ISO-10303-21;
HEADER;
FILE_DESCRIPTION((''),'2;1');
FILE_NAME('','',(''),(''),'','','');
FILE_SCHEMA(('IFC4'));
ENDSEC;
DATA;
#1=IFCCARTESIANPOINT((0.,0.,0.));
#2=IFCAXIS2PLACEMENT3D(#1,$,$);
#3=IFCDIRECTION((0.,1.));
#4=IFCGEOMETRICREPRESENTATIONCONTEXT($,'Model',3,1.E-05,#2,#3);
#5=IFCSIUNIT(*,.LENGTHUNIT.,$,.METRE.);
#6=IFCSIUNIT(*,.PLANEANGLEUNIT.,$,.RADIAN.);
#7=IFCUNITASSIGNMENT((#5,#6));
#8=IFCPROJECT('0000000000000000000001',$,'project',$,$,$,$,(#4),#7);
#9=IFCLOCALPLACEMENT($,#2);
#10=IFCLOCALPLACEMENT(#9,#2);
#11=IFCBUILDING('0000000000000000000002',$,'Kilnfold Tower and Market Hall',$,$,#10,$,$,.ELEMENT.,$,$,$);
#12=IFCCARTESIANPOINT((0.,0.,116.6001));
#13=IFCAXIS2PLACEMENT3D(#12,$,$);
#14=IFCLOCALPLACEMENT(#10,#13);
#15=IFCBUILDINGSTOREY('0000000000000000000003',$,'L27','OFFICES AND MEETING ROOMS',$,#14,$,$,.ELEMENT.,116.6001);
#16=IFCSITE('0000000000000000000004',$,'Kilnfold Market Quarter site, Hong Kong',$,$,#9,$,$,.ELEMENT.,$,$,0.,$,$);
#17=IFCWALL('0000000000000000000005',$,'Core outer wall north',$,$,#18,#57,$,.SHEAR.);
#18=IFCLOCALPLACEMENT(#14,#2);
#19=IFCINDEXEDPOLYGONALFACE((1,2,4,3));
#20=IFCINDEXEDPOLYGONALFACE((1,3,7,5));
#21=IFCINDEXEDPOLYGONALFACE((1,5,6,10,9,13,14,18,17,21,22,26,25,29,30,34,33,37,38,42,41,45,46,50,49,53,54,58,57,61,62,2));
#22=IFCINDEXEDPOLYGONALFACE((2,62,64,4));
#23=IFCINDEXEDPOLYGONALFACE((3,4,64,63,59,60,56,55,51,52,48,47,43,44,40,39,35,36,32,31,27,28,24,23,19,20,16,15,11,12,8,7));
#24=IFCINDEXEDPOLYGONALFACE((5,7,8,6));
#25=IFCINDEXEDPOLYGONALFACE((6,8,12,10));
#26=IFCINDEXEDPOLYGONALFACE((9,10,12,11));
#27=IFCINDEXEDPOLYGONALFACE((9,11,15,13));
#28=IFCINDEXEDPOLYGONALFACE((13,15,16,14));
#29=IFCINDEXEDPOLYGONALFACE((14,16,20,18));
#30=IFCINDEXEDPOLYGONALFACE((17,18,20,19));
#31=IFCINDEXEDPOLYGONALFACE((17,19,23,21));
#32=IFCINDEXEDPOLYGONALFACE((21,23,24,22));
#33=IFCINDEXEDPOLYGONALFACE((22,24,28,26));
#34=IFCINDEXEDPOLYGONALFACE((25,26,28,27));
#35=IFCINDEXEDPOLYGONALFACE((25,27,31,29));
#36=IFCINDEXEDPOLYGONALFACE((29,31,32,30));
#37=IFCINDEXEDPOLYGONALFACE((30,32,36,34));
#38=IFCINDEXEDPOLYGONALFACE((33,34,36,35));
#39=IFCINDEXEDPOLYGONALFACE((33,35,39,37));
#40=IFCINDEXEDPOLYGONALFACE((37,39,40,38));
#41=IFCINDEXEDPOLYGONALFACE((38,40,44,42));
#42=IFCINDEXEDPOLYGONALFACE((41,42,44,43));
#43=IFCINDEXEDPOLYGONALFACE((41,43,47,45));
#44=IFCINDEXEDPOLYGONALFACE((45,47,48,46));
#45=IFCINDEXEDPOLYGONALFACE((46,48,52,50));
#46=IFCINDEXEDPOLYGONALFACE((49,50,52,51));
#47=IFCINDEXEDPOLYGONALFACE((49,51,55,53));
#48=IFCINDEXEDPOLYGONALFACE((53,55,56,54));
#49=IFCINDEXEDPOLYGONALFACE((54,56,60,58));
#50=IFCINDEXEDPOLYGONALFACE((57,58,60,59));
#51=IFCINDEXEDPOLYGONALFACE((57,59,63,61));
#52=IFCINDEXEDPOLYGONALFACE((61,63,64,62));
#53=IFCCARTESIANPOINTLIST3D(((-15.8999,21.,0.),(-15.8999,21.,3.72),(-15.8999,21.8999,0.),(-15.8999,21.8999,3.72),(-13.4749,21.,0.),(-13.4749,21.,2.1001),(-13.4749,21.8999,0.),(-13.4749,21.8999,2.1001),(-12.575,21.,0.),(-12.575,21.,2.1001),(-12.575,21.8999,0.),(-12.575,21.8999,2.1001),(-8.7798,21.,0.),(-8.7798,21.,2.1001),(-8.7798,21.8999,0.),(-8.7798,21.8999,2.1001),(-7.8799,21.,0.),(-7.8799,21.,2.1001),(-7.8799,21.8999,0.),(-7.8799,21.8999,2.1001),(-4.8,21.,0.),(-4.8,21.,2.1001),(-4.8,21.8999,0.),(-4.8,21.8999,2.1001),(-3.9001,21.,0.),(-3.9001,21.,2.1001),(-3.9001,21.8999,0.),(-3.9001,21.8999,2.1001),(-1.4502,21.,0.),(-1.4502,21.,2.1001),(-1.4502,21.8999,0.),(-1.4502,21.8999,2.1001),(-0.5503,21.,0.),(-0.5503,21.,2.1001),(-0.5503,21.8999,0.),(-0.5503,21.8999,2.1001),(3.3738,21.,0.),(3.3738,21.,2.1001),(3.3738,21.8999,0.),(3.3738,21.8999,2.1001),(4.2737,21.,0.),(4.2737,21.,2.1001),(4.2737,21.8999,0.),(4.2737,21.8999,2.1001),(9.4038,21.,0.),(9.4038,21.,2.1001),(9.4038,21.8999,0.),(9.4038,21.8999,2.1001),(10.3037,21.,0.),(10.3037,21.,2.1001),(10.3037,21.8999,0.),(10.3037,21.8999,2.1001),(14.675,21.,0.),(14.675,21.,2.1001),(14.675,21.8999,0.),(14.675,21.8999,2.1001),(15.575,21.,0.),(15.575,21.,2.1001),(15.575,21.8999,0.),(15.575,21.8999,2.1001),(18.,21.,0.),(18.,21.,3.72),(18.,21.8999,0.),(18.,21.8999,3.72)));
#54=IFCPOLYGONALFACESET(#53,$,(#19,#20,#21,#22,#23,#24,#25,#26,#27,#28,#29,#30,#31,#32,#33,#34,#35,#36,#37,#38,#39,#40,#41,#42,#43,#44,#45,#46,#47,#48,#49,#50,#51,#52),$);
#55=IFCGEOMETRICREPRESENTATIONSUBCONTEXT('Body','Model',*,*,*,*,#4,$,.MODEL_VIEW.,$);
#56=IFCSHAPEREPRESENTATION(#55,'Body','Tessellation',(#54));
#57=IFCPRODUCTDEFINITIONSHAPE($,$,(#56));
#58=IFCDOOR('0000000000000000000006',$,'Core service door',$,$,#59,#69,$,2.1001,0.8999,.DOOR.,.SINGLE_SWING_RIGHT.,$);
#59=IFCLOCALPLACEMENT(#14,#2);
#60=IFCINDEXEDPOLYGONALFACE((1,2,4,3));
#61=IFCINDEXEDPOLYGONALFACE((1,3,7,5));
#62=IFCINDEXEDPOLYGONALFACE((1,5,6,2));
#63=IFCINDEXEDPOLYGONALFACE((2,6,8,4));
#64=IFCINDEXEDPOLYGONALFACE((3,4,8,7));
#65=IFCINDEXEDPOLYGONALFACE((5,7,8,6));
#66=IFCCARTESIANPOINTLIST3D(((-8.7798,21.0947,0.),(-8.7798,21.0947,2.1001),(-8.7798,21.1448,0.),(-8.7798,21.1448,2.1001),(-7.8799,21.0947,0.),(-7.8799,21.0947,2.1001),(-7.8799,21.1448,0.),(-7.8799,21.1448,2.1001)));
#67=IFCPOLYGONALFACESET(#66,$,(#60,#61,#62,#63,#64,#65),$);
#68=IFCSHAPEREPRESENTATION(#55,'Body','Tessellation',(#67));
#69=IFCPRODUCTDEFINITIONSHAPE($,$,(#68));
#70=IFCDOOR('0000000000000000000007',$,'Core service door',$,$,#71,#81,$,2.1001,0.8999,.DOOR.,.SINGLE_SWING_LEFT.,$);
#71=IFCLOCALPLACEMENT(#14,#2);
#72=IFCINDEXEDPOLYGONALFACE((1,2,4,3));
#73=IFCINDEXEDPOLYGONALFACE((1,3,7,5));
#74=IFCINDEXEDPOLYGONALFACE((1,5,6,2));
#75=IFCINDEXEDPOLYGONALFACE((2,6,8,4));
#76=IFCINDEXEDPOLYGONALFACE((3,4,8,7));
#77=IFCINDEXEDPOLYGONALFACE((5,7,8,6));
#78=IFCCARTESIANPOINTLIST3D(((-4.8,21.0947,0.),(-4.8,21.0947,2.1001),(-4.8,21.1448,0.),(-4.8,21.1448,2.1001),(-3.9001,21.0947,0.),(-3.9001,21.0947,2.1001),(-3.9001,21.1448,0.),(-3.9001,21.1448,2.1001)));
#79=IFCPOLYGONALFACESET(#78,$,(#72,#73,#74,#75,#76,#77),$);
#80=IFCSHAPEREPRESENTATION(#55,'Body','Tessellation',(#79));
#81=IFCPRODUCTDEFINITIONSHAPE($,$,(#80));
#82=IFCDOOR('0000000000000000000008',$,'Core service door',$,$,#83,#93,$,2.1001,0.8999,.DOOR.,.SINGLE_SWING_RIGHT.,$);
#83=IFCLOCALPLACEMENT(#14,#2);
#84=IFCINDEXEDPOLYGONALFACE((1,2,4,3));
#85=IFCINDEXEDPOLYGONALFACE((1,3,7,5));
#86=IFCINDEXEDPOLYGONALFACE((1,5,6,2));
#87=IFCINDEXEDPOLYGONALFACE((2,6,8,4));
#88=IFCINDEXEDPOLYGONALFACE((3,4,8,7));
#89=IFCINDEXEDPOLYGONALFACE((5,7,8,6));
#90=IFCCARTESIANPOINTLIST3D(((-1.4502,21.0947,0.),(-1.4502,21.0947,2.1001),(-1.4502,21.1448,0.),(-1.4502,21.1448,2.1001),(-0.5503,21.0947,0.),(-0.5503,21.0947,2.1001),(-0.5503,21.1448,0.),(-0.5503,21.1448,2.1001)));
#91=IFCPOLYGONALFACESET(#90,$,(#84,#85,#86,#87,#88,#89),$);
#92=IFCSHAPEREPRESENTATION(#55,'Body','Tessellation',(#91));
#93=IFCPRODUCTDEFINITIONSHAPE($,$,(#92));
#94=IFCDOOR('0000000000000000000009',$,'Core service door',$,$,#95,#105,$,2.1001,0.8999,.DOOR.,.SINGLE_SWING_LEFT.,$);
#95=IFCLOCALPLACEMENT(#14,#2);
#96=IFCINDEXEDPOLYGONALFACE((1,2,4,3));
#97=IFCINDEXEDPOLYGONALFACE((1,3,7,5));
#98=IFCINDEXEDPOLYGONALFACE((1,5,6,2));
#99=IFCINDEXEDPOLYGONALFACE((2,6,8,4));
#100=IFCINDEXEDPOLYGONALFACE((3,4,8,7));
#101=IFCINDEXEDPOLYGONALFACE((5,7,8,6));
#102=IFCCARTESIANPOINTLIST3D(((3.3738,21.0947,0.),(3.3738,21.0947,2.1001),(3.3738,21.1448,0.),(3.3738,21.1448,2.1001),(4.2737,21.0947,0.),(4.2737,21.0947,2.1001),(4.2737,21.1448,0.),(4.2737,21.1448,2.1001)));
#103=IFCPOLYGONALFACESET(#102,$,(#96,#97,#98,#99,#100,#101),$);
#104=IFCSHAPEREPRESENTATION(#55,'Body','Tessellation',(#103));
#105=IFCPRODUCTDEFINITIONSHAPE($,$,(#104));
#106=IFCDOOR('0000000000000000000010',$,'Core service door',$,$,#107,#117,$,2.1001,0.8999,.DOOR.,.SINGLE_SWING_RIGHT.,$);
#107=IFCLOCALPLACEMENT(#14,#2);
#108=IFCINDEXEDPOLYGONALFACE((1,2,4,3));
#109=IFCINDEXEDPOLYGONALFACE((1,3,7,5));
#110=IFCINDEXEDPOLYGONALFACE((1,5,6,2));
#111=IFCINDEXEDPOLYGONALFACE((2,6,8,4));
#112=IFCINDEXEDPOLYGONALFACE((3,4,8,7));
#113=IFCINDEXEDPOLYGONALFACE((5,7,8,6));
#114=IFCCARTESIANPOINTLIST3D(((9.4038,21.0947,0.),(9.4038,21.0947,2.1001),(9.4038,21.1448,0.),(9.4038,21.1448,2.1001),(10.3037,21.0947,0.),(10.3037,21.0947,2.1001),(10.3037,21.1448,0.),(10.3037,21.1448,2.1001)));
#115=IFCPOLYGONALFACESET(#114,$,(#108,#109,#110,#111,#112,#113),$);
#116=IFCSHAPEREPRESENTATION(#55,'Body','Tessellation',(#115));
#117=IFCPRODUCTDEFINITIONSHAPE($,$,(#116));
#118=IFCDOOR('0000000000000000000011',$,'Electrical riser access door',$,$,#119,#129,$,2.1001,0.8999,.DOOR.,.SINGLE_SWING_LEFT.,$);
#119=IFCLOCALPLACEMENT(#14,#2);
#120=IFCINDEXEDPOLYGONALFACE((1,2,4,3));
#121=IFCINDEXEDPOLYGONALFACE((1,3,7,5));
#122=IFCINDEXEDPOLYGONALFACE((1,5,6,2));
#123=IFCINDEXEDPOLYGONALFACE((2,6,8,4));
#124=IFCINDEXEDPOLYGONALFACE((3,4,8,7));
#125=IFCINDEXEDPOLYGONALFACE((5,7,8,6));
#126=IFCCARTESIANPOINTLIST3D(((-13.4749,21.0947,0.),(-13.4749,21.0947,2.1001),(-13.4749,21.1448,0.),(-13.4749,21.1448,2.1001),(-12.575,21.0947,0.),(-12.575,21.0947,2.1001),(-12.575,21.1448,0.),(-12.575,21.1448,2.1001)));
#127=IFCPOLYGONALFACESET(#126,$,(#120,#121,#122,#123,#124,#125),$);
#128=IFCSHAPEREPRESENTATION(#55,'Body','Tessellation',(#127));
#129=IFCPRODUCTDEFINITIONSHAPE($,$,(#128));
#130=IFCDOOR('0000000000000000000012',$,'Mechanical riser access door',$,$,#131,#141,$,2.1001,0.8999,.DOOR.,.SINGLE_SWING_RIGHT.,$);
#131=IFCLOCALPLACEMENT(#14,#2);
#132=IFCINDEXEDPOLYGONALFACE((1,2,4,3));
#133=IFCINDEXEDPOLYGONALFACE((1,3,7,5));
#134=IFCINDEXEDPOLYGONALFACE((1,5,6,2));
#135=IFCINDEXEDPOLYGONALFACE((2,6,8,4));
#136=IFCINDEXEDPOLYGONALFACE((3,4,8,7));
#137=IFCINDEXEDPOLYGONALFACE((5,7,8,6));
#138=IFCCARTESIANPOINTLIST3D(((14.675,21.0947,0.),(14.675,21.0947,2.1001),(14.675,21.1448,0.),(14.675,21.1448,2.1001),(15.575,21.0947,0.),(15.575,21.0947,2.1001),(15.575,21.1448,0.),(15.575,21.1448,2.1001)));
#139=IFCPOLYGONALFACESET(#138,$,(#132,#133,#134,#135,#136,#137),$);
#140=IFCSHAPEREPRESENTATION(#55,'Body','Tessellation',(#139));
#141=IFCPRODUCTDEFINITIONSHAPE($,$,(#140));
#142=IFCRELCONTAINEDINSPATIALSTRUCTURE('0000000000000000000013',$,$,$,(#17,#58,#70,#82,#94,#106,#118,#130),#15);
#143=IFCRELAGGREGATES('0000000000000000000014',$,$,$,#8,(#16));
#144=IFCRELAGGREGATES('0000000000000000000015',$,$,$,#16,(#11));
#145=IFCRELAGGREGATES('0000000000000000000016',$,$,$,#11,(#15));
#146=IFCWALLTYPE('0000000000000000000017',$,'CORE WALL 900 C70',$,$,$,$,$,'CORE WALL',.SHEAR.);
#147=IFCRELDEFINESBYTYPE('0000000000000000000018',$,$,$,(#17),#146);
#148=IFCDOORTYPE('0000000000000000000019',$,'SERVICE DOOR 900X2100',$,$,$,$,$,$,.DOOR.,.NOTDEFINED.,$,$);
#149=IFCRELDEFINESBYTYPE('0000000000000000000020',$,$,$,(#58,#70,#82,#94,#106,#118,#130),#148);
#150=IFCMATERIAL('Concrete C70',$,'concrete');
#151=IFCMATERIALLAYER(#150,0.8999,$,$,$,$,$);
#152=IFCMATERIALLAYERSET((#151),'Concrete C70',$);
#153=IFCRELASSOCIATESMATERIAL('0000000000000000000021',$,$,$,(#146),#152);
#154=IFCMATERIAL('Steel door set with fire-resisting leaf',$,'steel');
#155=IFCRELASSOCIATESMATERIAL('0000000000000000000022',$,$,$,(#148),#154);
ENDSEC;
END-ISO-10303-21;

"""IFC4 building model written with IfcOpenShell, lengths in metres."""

from ifc_helpers import new_model, si_unit, direction, frame, frame_2d, origin, place, context, subcontext, project, spatial, rectangle, extrude, source, transform, mapped, material, layer, layer_set, type_object, element, fill, save


model = new_model("IFC4")

# Units and contexts
model_context = context("Model", 3, precision=1e-05, world=origin(), true_north=direction((0.0, 1.0)))
body_context = subcontext(model_context, "Body", "Model", "MODEL_VIEW")
ifc_project = project(units=[si_unit("LENGTHUNIT", "METRE"), si_unit("PLANEANGLEUNIT", "RADIAN")], contexts=[model_context])

# Site, building, storey
site_placement = place(None, origin())
site = spatial("IfcSite", under=ifc_project, at=site_placement, Name="Kilnfold Market Quarter site, Hong Kong", CompositionType="ELEMENT", RefElevation=0.0)
building_placement = place(site_placement, origin())
building = spatial("IfcBuilding", under=site, at=building_placement, Name="Kilnfold Tower and Market Hall", CompositionType="ELEMENT")
storey_placement = place(building_placement, frame((0.0, 0.0, 116.6001)))
storey = spatial("IfcBuildingStorey", under=building, at=storey_placement, Name="L27", Description="OFFICES AND MEETING ROOMS", CompositionType="ELEMENT", Elevation=116.6001)

# Wall, openings, doors
ifc_material_1 = material(Name="Concrete C70", Category="concrete")
ifc_layer_1 = layer(ifc_material_1, 0.8999)
ifc_layer_set_1 = layer_set([ifc_layer_1], Name="Concrete C70")
wall_type_1 = type_object("IfcWallType", Name="CORE WALL 900 C70", ElementType="CORE WALL", PredefinedType="SHEAR", material=ifc_layer_set_1)
shared_shape_1 = source(origin(), body_context, "Body", "SweptSolid", [
    extrude(rectangle(XDim=33.8999, YDim=0.8999, at=frame_2d((16.95, 0.0))), origin(), (0.0, 0.0, 1.0), 3.72),
])
wall_1_placement = place(storey_placement, frame((-15.8999, 21.45, 0.0), z_axis=(0.0, 0.0, 1.0), x_axis=(1.0, 0.0, 0.0)))
wall_1 = element("IfcWall", 1, at=wall_1_placement, inside=storey, type_object=wall_type_1, Name="Core outer wall north", PredefinedType="SHEAR", context=body_context, shape_type="MappedRepresentation", body=[
    mapped(shared_shape_1, transform((0.0, 0.0, 0.0))),
])
opening_1_placement = place(wall_1_placement, frame((7.1201, 0.0, 0.0)))
opening_1 = element("IfcOpeningElement", 2, at=opening_1_placement, cuts=wall_1, PredefinedType="OPENING", context=body_context, shape_type="SweptSolid", body=[
    extrude(rectangle(XDim=0.8999, YDim=2.1001, at=frame_2d((0.45, 1.05))), frame((0.0, 0.46, 0.0), z_axis=(0.0, -1.0, 0.0), x_axis=(1.0, 0.0, 0.0)), (0.0, 0.0, 1.0), 0.9199),
])
opening_2_placement = place(wall_1_placement, frame((11.0999, 0.0, 0.0)))
opening_2 = element("IfcOpeningElement", 3, at=opening_2_placement, cuts=wall_1, PredefinedType="OPENING", context=body_context, shape_type="SweptSolid", body=[
    extrude(rectangle(XDim=0.8999, YDim=2.1001, at=frame_2d((0.45, 1.05))), frame((0.0, 0.46, 0.0), z_axis=(0.0, -1.0, 0.0), x_axis=(1.0, 0.0, 0.0)), (0.0, 0.0, 1.0), 0.9199),
])
opening_3_placement = place(wall_1_placement, frame((14.4497, 0.0, 0.0)))
opening_3 = element("IfcOpeningElement", 4, at=opening_3_placement, cuts=wall_1, PredefinedType="OPENING", context=body_context, shape_type="SweptSolid", body=[
    extrude(rectangle(XDim=0.8999, YDim=2.1001, at=frame_2d((0.45, 1.05))), frame((0.0, 0.46, 0.0), z_axis=(0.0, -1.0, 0.0), x_axis=(1.0, 0.0, 0.0)), (0.0, 0.0, 1.0), 0.9199),
])
opening_4_placement = place(wall_1_placement, frame((19.2737, 0.0, 0.0)))
opening_4 = element("IfcOpeningElement", 5, at=opening_4_placement, cuts=wall_1, PredefinedType="OPENING", context=body_context, shape_type="SweptSolid", body=[
    extrude(rectangle(XDim=0.8999, YDim=2.1001, at=frame_2d((0.45, 1.05))), frame((0.0, 0.46, 0.0), z_axis=(0.0, -1.0, 0.0), x_axis=(1.0, 0.0, 0.0)), (0.0, 0.0, 1.0), 0.9199),
])
opening_5_placement = place(wall_1_placement, frame((25.3037, 0.0, 0.0)))
opening_5 = element("IfcOpeningElement", 6, at=opening_5_placement, cuts=wall_1, PredefinedType="OPENING", context=body_context, shape_type="SweptSolid", body=[
    extrude(rectangle(XDim=0.8999, YDim=2.1001, at=frame_2d((0.45, 1.05))), frame((0.0, 0.46, 0.0), z_axis=(0.0, -1.0, 0.0), x_axis=(1.0, 0.0, 0.0)), (0.0, 0.0, 1.0), 0.9199),
])
opening_6_placement = place(wall_1_placement, frame((2.425, 0.0, 0.0)))
opening_6 = element("IfcOpeningElement", 7, at=opening_6_placement, cuts=wall_1, PredefinedType="OPENING", context=body_context, shape_type="SweptSolid", body=[
    extrude(rectangle(XDim=0.8999, YDim=2.1001, at=frame_2d((0.45, 1.05))), frame((0.0, 0.46, 0.0), z_axis=(0.0, -1.0, 0.0), x_axis=(1.0, 0.0, 0.0)), (0.0, 0.0, 1.0), 0.9199),
])
opening_7_placement = place(wall_1_placement, frame((30.575, 0.0, 0.0)))
opening_7 = element("IfcOpeningElement", 8, at=opening_7_placement, cuts=wall_1, PredefinedType="OPENING", context=body_context, shape_type="SweptSolid", body=[
    extrude(rectangle(XDim=0.8999, YDim=2.1001, at=frame_2d((0.45, 1.05))), frame((0.0, 0.46, 0.0), z_axis=(0.0, -1.0, 0.0), x_axis=(1.0, 0.0, 0.0)), (0.0, 0.0, 1.0), 0.9199),
])
ifc_material_2 = material(Name="Steel door set with fire-resisting leaf", Category="steel")
door_type = type_object("IfcDoorType", Name="SERVICE DOOR 900X2100", OperationType="NOTDEFINED", PredefinedType="DOOR", material=ifc_material_2)
door_1_placement = place(opening_1_placement, origin())
door_1 = element("IfcDoor", 9, at=door_1_placement, inside=storey, type_object=door_type, Name="Core service door", OperationType="SINGLE_SWING_RIGHT", OverallHeight=2.1001, OverallWidth=0.8999, PredefinedType="DOOR", context=body_context, shape_type="SweptSolid", body=[
    extrude(rectangle(XDim=0.8999, YDim=2.1001, at=frame_2d((0.45, 1.05))), frame((0.0, -0.3052, 0.0), z_axis=(0.0, -1.0, 0.0), x_axis=(1.0, 0.0, 0.0)), (0.0, 0.0, 1.0), 0.05),
])
fill(opening_1, door_1)
door_2_placement = place(opening_2_placement, origin())
door_2 = element("IfcDoor", 10, at=door_2_placement, inside=storey, type_object=door_type, Name="Core service door", OperationType="SINGLE_SWING_LEFT", OverallHeight=2.1001, OverallWidth=0.8999, PredefinedType="DOOR", context=body_context, shape_type="SweptSolid", body=[
    extrude(rectangle(XDim=0.8999, YDim=2.1001, at=frame_2d((0.45, 1.05))), frame((0.0, -0.3052, 0.0), z_axis=(0.0, -1.0, 0.0), x_axis=(1.0, 0.0, 0.0)), (0.0, 0.0, 1.0), 0.05),
])
fill(opening_2, door_2)
door_3_placement = place(opening_3_placement, origin())
door_3 = element("IfcDoor", 11, at=door_3_placement, inside=storey, type_object=door_type, Name="Core service door", OperationType="SINGLE_SWING_RIGHT", OverallHeight=2.1001, OverallWidth=0.8999, PredefinedType="DOOR", context=body_context, shape_type="SweptSolid", body=[
    extrude(rectangle(XDim=0.8999, YDim=2.1001, at=frame_2d((0.45, 1.05))), frame((0.0, -0.3052, 0.0), z_axis=(0.0, -1.0, 0.0), x_axis=(1.0, 0.0, 0.0)), (0.0, 0.0, 1.0), 0.05),
])
fill(opening_3, door_3)
door_4_placement = place(opening_4_placement, origin())
door_4 = element("IfcDoor", 12, at=door_4_placement, inside=storey, type_object=door_type, Name="Core service door", OperationType="SINGLE_SWING_LEFT", OverallHeight=2.1001, OverallWidth=0.8999, PredefinedType="DOOR", context=body_context, shape_type="SweptSolid", body=[
    extrude(rectangle(XDim=0.8999, YDim=2.1001, at=frame_2d((0.45, 1.05))), frame((0.0, -0.3052, 0.0), z_axis=(0.0, -1.0, 0.0), x_axis=(1.0, 0.0, 0.0)), (0.0, 0.0, 1.0), 0.05),
])
fill(opening_4, door_4)
door_5_placement = place(opening_5_placement, origin())
door_5 = element("IfcDoor", 13, at=door_5_placement, inside=storey, type_object=door_type, Name="Core service door", OperationType="SINGLE_SWING_RIGHT", OverallHeight=2.1001, OverallWidth=0.8999, PredefinedType="DOOR", context=body_context, shape_type="SweptSolid", body=[
    extrude(rectangle(XDim=0.8999, YDim=2.1001, at=frame_2d((0.45, 1.05))), frame((0.0, -0.3052, 0.0), z_axis=(0.0, -1.0, 0.0), x_axis=(1.0, 0.0, 0.0)), (0.0, 0.0, 1.0), 0.05),
])
fill(opening_5, door_5)
door_6_placement = place(opening_6_placement, origin())
door_6 = element("IfcDoor", 14, at=door_6_placement, inside=storey, type_object=door_type, Name="Electrical riser access door", OperationType="SINGLE_SWING_LEFT", OverallHeight=2.1001, OverallWidth=0.8999, PredefinedType="DOOR", context=body_context, shape_type="SweptSolid", body=[
    extrude(rectangle(XDim=0.8999, YDim=2.1001, at=frame_2d((0.45, 1.05))), frame((0.0, -0.3052, 0.0), z_axis=(0.0, -1.0, 0.0), x_axis=(1.0, 0.0, 0.0)), (0.0, 0.0, 1.0), 0.05),
])
fill(opening_6, door_6)
door_7_placement = place(opening_7_placement, origin())
door_7 = element("IfcDoor", 15, at=door_7_placement, inside=storey, type_object=door_type, Name="Mechanical riser access door", OperationType="SINGLE_SWING_RIGHT", OverallHeight=2.1001, OverallWidth=0.8999, PredefinedType="DOOR", context=body_context, shape_type="SweptSolid", body=[
    extrude(rectangle(XDim=0.8999, YDim=2.1001, at=frame_2d((0.45, 1.05))), frame((0.0, -0.3052, 0.0), z_axis=(0.0, -1.0, 0.0), x_axis=(1.0, 0.0, 0.0)), (0.0, 0.0, 1.0), 0.05),
])
fill(opening_7, door_7)

save(model, "model.ifc")
